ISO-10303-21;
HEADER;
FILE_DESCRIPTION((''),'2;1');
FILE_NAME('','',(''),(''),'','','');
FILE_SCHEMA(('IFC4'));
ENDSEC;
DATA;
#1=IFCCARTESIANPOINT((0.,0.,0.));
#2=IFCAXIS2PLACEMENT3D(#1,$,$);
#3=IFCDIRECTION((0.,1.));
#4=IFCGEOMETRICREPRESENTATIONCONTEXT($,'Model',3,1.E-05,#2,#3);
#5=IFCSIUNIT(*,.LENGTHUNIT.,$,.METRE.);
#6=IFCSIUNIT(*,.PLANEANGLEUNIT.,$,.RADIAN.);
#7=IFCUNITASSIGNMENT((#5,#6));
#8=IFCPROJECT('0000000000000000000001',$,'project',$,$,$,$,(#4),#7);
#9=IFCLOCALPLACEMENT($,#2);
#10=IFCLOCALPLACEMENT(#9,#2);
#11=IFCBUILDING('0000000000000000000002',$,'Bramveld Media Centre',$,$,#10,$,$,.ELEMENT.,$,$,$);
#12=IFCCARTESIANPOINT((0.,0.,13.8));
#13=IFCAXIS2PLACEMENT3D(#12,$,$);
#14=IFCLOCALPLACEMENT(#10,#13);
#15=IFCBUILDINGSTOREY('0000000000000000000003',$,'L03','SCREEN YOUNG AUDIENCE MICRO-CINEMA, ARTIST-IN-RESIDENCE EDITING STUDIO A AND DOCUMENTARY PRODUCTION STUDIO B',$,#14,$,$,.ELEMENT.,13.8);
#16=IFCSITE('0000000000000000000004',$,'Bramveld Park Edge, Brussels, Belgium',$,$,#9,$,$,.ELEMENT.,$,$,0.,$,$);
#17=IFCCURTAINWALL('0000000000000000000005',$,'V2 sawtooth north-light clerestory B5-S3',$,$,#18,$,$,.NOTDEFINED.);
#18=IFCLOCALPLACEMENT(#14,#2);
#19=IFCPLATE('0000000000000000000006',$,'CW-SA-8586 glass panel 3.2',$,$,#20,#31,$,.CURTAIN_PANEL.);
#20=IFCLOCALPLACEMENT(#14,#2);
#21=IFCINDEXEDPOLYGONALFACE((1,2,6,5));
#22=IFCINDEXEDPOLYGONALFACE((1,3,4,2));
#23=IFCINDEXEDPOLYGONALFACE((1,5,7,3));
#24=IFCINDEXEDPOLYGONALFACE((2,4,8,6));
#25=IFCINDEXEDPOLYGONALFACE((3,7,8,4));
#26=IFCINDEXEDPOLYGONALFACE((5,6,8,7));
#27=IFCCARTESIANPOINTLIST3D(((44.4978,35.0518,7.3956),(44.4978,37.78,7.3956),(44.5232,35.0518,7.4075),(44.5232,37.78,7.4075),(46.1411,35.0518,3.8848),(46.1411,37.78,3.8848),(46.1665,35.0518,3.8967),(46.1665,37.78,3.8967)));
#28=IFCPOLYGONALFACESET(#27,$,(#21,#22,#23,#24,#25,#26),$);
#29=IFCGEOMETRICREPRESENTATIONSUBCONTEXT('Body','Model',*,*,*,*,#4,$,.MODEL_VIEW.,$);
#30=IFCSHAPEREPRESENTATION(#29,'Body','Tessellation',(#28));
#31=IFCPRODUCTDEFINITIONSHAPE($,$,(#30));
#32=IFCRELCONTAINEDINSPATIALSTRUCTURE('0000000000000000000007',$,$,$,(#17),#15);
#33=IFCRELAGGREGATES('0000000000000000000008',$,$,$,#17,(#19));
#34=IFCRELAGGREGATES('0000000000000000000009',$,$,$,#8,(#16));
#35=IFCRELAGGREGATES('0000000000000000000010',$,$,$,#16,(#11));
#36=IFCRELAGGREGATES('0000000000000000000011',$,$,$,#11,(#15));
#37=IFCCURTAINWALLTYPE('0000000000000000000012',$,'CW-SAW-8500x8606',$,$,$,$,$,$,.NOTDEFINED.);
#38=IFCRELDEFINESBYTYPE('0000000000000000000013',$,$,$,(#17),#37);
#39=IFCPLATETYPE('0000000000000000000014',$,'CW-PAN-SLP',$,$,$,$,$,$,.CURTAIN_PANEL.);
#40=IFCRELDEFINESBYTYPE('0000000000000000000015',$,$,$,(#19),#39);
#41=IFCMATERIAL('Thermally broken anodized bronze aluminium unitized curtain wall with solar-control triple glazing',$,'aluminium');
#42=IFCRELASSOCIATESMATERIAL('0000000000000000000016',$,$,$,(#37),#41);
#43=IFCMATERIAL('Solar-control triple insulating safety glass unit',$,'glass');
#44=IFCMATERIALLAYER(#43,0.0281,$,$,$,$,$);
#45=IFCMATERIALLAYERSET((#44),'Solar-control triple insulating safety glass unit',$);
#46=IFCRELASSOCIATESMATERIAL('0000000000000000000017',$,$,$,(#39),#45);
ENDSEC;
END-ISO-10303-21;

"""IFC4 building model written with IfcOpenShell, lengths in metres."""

from ifc_helpers import new_model, si_unit, direction, frame, origin, place, context, subcontext, project, spatial, polyline, outline, extrude, material, layer, layer_set, type_object, element, aggregate, save


model = new_model("IFC4")

# Units and contexts
model_context = context("Model", 3, precision=1e-05, world=origin(), true_north=direction((0.0, 1.0)))
body_context = subcontext(model_context, "Body", "Model", "MODEL_VIEW")
ifc_project = project(units=[si_unit("LENGTHUNIT", "METRE"), si_unit("PLANEANGLEUNIT", "RADIAN")], contexts=[model_context])

# Site, building, storey
site_placement = place(None, origin())
site = spatial("IfcSite", under=ifc_project, at=site_placement, Name="Bramveld Park Edge, Brussels, Belgium", CompositionType="ELEMENT", RefElevation=0.0)
building_placement = place(site_placement, origin())
building = spatial("IfcBuilding", under=site, at=building_placement, Name="Bramveld Media Centre", CompositionType="ELEMENT")
storey_placement = place(building_placement, frame((0.0, 0.0, 13.8)))
storey = spatial("IfcBuildingStorey", under=building, at=storey_placement, Name="L03", Description="SCREEN YOUNG AUDIENCE MICRO-CINEMA, ARTIST-IN-RESIDENCE EDITING STUDIO A AND DOCUMENTARY PRODUCTION STUDIO B", CompositionType="ELEMENT", Elevation=13.8)

# Curtain wall
ifc_material_1 = material(Name="Thermally broken anodized bronze aluminium unitized curtain wall with solar-control triple glazing", Category="aluminium")
curtain_wall_type = type_object("IfcCurtainWallType", Name="CW-SAW-8500x8606", PredefinedType="NOTDEFINED", material=ifc_material_1)
curtain_wall_placement = place(storey_placement, origin())
curtain_wall = element("IfcCurtainWall", 1, at=curtain_wall_placement, inside=storey, type_object=curtain_wall_type, Name="V2 sawtooth north-light clerestory B5-S3", PredefinedType="NOTDEFINED")

# Plate
ifc_material_2 = material(Name="Solar-control triple insulating safety glass unit", Category="glass")
ifc_layer = layer(ifc_material_2, 0.0281)
ifc_layer_set = layer_set([ifc_layer], Name="Solar-control triple insulating safety glass unit")
plate_type = type_object("IfcPlateType", Name="CW-PAN-SLP", PredefinedType="CURTAIN_PANEL", material=ifc_layer_set)
plate_1_placement = place(storey_placement, frame((46.1665, 35.0518, 3.8967), z_axis=(0.905692, 0.0, 0.423937), x_axis=(0.0, 1.0, 0.0)))
plate_1 = element("IfcPlate", 2, at=plate_1_placement, type_object=plate_type, Name="CW-SA-8586 glass panel 3.2", PredefinedType="CURTAIN_PANEL", context=body_context, shape_type="SweptSolid", body=[
    extrude(outline(polyline([(0.0, 0.0), (2.7283, 0.0), (2.7283, 3.8763), (0.0, 3.8763), (0.0, 0.0)])), origin(), (0.0, 0.0, -1.0), 0.0281),
])
aggregate(curtain_wall, [plate_1])

save(model, "model.ifc")
